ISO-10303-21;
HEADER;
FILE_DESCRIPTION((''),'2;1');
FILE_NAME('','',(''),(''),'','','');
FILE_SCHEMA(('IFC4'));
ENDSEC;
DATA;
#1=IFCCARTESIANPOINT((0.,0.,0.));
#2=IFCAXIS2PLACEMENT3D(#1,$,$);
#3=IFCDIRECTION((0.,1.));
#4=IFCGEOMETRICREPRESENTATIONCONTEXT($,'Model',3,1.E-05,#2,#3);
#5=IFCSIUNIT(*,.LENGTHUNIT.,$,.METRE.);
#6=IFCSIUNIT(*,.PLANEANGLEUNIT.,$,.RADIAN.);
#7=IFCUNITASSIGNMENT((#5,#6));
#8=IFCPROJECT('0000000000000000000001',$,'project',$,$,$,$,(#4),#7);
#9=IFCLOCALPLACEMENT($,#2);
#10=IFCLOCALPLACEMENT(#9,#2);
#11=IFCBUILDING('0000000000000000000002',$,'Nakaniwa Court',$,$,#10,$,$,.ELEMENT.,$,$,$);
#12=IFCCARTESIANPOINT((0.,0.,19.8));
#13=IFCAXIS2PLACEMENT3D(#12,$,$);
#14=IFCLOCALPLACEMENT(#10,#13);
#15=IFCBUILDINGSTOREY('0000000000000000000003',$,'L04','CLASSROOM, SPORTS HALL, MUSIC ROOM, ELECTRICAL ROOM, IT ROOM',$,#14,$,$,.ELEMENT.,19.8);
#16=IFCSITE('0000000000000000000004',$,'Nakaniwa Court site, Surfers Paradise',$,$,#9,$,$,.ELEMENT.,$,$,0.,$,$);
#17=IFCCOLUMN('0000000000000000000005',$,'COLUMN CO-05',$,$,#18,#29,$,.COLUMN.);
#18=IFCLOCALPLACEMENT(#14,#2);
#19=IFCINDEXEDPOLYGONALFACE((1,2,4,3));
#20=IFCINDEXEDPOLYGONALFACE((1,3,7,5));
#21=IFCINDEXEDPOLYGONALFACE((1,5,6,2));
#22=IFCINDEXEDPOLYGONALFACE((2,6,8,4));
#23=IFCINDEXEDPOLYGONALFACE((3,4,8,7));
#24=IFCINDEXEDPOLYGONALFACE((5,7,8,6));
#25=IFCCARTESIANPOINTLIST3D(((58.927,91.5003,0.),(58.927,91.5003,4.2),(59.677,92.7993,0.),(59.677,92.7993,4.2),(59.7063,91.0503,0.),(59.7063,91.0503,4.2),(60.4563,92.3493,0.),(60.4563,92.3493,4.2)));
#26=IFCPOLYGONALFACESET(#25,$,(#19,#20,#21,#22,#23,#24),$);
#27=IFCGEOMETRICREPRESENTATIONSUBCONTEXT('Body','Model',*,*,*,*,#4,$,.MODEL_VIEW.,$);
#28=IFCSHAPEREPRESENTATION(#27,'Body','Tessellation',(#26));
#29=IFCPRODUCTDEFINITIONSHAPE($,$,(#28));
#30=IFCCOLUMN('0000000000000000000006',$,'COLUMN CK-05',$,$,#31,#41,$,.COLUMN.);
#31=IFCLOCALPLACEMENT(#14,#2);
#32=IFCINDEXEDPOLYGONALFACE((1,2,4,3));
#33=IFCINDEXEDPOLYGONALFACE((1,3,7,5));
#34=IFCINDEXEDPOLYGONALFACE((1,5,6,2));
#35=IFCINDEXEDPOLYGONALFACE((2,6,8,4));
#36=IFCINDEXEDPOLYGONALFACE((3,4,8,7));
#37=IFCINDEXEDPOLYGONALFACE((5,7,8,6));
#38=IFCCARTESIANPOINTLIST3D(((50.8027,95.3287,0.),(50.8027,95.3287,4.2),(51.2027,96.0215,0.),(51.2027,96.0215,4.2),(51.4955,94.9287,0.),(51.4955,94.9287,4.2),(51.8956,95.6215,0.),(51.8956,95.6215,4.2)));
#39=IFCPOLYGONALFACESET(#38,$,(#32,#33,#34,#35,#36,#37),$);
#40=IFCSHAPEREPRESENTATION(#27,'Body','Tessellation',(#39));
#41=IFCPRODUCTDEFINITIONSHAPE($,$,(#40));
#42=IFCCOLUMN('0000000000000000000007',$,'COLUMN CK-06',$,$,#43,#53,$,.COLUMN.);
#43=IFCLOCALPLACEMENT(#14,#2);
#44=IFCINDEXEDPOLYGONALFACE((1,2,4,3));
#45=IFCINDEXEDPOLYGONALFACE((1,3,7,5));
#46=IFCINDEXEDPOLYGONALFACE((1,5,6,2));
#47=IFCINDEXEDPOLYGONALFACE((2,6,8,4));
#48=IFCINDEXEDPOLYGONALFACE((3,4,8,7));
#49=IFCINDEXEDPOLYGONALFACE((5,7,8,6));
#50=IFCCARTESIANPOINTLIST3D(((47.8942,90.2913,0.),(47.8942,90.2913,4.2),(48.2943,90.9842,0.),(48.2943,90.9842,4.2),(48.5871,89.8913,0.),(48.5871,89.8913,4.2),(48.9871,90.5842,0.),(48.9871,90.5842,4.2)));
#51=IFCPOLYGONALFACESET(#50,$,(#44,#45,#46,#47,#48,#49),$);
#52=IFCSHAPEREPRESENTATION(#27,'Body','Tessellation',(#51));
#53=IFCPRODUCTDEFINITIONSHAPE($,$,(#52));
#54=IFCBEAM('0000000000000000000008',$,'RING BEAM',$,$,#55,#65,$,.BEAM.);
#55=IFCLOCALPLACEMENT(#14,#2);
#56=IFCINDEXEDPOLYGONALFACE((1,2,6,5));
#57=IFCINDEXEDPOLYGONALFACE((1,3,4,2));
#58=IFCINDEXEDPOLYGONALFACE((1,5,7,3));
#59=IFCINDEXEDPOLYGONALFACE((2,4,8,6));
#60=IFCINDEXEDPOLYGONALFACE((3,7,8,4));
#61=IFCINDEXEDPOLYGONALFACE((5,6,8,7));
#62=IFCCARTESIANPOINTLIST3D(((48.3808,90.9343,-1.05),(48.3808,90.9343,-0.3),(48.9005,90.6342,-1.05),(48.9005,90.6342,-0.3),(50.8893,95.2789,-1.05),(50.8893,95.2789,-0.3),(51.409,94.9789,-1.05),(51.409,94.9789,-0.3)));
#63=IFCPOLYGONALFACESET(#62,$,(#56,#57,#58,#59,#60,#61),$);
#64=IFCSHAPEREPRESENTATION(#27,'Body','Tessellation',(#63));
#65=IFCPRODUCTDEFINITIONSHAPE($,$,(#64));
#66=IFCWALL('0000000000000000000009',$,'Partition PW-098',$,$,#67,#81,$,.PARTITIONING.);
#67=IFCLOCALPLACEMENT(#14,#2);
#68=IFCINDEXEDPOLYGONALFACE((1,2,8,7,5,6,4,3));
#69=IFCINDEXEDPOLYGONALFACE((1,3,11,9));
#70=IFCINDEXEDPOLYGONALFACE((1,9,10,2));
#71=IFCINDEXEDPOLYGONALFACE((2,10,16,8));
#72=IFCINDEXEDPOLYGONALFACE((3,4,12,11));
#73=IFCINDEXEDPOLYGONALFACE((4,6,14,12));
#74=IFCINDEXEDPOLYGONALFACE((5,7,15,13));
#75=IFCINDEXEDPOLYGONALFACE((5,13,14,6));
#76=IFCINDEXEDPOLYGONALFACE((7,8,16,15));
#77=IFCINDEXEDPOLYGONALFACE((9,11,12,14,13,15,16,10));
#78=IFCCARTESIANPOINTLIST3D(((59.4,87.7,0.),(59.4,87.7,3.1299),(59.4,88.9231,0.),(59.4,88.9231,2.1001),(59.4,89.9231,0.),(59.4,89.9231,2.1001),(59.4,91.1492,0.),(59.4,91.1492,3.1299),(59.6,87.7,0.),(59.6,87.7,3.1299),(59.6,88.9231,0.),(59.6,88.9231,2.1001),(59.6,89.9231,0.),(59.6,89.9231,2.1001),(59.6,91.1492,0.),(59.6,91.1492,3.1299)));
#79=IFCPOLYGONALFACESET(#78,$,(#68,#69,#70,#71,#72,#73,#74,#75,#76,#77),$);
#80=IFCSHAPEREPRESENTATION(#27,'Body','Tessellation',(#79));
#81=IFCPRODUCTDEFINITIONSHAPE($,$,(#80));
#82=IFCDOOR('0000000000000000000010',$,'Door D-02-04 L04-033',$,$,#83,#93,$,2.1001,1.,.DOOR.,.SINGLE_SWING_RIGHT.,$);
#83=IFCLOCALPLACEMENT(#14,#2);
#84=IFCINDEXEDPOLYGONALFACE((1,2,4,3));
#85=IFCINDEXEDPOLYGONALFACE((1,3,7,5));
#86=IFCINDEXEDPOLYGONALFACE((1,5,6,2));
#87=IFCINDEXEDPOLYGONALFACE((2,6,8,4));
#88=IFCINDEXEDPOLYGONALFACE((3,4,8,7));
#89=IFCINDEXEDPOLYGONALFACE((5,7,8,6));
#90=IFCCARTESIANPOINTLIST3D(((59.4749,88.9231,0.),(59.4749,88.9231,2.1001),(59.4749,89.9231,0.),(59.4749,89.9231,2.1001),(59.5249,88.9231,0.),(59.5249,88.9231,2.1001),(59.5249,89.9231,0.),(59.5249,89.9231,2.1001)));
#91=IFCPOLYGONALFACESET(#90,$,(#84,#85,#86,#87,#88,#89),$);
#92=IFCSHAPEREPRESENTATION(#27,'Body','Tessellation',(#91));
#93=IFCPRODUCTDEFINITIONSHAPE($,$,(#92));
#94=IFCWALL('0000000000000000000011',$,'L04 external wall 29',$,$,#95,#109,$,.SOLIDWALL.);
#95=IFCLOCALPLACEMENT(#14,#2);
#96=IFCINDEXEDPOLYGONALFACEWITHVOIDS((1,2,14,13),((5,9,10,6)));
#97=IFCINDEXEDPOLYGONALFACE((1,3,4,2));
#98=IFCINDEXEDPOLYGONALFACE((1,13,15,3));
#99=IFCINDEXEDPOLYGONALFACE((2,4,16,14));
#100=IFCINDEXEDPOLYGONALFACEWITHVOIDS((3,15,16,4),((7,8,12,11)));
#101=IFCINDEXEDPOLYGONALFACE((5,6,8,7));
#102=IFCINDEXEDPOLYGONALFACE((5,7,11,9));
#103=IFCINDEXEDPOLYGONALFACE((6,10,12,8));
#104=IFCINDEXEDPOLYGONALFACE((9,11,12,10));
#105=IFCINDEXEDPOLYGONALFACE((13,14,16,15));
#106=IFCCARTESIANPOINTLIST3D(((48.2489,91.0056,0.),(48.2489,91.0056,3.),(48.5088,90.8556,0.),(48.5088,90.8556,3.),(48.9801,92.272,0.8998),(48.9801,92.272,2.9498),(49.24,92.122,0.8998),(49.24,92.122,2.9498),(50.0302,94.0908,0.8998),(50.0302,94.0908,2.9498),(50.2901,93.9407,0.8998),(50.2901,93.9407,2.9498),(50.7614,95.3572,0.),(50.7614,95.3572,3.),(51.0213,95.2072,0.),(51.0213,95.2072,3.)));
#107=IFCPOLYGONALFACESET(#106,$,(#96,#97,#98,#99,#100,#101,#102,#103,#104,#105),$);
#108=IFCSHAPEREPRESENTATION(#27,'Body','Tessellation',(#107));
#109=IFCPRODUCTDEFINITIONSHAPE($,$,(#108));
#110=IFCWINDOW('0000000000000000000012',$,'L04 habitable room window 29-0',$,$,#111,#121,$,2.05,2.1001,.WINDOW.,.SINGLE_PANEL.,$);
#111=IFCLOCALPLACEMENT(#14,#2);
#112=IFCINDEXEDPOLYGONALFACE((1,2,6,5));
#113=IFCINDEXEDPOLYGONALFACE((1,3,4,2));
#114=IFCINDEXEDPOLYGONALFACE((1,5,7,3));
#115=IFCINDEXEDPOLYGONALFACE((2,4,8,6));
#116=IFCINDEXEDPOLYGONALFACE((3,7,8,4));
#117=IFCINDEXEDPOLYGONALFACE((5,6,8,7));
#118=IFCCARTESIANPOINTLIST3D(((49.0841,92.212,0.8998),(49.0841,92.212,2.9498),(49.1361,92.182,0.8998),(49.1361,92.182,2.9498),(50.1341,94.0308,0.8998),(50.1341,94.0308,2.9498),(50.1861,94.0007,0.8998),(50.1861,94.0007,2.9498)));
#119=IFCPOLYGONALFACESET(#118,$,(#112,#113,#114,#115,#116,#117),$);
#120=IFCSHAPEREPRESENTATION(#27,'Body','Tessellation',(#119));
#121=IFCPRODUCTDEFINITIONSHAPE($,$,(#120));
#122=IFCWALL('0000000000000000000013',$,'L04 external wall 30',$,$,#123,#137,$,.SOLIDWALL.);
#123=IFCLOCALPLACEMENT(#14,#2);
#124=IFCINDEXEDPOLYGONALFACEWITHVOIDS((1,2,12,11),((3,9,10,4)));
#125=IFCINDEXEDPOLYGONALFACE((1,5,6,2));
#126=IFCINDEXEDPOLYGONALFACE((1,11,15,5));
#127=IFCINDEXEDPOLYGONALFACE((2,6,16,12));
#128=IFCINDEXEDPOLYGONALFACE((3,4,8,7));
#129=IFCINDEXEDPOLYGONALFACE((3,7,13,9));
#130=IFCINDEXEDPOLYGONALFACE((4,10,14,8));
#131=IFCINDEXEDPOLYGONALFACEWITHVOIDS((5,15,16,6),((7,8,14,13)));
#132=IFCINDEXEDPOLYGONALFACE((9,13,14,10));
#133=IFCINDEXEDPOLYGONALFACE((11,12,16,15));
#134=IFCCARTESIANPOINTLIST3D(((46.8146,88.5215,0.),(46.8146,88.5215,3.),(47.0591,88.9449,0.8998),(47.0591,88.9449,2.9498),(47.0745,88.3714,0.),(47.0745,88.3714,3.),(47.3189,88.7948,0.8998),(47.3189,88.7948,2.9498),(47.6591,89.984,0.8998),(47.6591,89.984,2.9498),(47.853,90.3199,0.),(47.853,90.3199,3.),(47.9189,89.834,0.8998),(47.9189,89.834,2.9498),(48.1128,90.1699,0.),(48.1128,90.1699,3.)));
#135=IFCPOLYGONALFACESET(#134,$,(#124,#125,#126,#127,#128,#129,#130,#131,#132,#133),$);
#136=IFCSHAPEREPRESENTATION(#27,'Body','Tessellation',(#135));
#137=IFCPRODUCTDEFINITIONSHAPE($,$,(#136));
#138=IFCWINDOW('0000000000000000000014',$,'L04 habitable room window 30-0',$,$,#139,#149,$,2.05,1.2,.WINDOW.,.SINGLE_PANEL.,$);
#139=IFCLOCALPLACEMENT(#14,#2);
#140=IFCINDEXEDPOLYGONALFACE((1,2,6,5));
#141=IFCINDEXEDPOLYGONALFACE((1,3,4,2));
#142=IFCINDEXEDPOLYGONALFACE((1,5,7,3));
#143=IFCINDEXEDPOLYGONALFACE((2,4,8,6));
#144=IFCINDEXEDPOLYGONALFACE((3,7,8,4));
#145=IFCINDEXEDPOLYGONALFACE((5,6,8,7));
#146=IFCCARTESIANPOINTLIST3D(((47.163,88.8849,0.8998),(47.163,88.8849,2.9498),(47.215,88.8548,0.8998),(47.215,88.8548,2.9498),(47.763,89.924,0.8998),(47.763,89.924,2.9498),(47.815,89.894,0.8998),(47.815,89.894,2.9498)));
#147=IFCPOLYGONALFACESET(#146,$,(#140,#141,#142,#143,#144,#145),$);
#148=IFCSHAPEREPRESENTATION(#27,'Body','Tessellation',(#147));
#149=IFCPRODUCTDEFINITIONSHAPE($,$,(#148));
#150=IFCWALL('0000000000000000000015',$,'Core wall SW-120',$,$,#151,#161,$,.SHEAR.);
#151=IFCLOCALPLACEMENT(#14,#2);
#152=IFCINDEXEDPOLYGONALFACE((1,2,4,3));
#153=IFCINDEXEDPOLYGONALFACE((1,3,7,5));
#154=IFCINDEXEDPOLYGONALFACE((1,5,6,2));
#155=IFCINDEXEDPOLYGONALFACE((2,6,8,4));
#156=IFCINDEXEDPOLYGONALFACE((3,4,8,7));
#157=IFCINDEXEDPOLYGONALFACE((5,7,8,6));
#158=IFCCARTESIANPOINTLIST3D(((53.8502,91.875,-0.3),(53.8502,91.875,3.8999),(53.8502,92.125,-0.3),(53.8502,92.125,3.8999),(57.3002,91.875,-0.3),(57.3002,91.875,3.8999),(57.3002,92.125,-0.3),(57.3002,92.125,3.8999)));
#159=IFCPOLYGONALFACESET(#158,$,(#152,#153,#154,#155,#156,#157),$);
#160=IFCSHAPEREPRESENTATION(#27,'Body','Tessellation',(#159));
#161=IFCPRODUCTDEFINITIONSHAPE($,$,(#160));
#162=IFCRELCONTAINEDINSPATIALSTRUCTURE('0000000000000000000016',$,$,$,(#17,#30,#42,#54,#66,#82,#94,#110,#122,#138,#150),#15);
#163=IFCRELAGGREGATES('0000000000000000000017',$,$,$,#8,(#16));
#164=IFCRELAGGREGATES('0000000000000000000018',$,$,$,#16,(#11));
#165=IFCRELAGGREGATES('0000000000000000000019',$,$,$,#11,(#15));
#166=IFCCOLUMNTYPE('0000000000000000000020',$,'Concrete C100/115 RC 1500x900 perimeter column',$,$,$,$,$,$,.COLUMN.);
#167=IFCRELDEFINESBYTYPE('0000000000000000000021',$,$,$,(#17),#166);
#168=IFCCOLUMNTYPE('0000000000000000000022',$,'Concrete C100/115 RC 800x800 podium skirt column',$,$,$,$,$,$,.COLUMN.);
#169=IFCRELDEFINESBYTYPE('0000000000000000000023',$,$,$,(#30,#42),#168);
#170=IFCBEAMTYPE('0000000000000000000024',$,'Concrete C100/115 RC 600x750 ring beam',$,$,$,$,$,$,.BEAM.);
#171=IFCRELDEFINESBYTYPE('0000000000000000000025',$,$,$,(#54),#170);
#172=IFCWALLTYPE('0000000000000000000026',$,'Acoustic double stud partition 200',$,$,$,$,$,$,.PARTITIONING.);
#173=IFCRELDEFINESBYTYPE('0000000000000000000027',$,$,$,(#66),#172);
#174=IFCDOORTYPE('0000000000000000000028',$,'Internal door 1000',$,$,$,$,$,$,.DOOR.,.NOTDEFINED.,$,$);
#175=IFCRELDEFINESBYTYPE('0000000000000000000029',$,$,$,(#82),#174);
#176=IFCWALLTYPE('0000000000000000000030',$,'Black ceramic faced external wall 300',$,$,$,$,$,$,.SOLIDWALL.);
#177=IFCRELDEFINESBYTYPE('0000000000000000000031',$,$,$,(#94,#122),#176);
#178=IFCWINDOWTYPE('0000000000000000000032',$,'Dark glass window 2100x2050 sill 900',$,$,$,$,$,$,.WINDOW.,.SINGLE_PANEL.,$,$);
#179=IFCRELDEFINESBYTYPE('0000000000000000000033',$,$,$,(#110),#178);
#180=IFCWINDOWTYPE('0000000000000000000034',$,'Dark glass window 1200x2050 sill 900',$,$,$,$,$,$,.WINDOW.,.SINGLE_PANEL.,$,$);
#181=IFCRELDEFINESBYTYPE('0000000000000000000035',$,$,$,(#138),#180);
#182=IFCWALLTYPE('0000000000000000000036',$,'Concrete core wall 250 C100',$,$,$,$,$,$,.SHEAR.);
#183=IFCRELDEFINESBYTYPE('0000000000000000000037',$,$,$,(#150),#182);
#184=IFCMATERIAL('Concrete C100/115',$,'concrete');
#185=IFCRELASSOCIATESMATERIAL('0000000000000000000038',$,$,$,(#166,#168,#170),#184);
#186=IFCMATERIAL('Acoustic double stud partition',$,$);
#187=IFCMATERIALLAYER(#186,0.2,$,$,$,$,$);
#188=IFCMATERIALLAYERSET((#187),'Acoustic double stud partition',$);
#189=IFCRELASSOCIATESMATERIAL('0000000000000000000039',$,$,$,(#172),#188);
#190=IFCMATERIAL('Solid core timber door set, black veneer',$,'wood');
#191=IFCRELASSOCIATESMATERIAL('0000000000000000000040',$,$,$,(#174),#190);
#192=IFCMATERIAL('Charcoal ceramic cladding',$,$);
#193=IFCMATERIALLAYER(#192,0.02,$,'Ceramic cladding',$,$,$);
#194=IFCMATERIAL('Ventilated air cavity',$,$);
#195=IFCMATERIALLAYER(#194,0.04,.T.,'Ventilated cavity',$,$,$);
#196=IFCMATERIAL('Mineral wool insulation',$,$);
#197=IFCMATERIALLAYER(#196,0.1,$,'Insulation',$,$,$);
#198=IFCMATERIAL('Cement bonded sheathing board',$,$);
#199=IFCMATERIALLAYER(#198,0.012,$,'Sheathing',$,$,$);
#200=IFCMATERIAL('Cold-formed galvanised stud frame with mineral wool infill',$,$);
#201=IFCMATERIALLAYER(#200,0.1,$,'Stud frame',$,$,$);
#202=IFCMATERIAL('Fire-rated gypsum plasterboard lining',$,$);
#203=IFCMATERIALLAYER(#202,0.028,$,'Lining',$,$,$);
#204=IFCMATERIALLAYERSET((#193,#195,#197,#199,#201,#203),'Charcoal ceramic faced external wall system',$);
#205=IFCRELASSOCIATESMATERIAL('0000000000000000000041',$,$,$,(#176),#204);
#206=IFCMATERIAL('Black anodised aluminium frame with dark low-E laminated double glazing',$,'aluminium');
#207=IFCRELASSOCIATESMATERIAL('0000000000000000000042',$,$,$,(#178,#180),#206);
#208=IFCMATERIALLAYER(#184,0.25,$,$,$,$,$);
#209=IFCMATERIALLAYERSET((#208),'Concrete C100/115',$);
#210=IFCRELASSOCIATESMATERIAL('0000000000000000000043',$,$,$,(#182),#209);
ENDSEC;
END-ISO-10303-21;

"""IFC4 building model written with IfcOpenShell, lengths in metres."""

from ifc_helpers import new_model, si_unit, direction, frame, frame_2d, origin, origin_2d, place, context, subcontext, project, spatial, rectangle, extrude, material, layer, layer_set, material_profile, profile_set, type_object, element, fill, save


model = new_model("IFC4")

# Units and contexts
model_context = context("Model", 3, precision=1e-05, world=origin(), true_north=direction((0.0, 1.0)))
body_context = subcontext(model_context, "Body", "Model", "MODEL_VIEW")
ifc_project = project(units=[si_unit("LENGTHUNIT", "METRE"), si_unit("PLANEANGLEUNIT", "RADIAN")], contexts=[model_context])

# Site, building, storey
site_placement = place(None, origin())
site = spatial("IfcSite", under=ifc_project, at=site_placement, Name="Nakaniwa Court site, Surfers Paradise", CompositionType="ELEMENT", RefElevation=0.0)
building_placement = place(site_placement, origin())
building = spatial("IfcBuilding", under=site, at=building_placement, Name="Nakaniwa Court", CompositionType="ELEMENT")
storey_placement = place(building_placement, frame((0.0, 0.0, 19.8)))
storey = spatial("IfcBuildingStorey", under=building, at=storey_placement, Name="L04", Description="CLASSROOM, SPORTS HALL, MUSIC ROOM, ELECTRICAL ROOM, IT ROOM", CompositionType="ELEMENT", Elevation=19.8)

# Columns
ifc_material_1 = material(Name="Concrete C100/115", Category="concrete")
ifc_material_profile_1 = material_profile(ifc_material_1, rectangle(XDim=1.5, YDim=0.8999, at=origin_2d()), Name="Concrete C100/115 RC 1500x900 perimeter column")
ifc_profile_set_1 = profile_set([ifc_material_profile_1], Name="Concrete C100/115")
column_type_1 = type_object("IfcColumnType", Name="Concrete C100/115 RC 1500x900 perimeter column", PredefinedType="COLUMN", material=ifc_profile_set_1)
column_placement = place(storey_placement, frame((59.6917, 91.9248, 0.0), z_axis=(0.0, 0.0, 1.0), x_axis=(-0.5, -0.866025, 0.0)))
element("IfcColumn", 1, at=column_placement, inside=storey, type_object=column_type_1, Name="COLUMN CO-05", PredefinedType="COLUMN", context=body_context, shape_type="SweptSolid", body=[
    extrude(rectangle(XDim=1.5, YDim=0.8999, at=origin_2d()), origin(), (0.0, 0.0, 1.0), 4.2),
])
ifc_material_profile_2 = material_profile(ifc_material_1, rectangle(XDim=0.8, YDim=0.8, at=origin_2d()), Name="Concrete C100/115 RC 800x800 podium skirt column")
ifc_profile_set_2 = profile_set([ifc_material_profile_2], Name="Concrete C100/115")
column_type_2 = type_object("IfcColumnType", Name="Concrete C100/115 RC 800x800 podium skirt column", PredefinedType="COLUMN", material=ifc_profile_set_2)
for number, where, z_axis, x_axis, name in (
    (2, (51.3491, 95.4751, 0.0), (0.0, 0.0, 1.0), (-0.5, -0.866025, 0.0), "COLUMN CK-05"),
    (3, (48.4407, 90.4377, 0.0), (0.0, 0.0, 1.0), (-0.5, -0.866025, 0.0), "COLUMN CK-06"),
):
    element("IfcColumn", number, at=place(storey_placement, frame(where, z_axis=z_axis, x_axis=x_axis)), inside=storey, type_object=column_type_2, Name=name, PredefinedType="COLUMN", context=body_context, shape_type="SweptSolid", body=[
        extrude(rectangle(XDim=0.8, YDim=0.8, at=origin_2d()), origin(), (0.0, 0.0, 1.0), 4.2),
    ])

# Beam
ifc_material_profile_3 = material_profile(ifc_material_1, rectangle(XDim=0.6001, YDim=0.75, at=origin_2d()), Name="Concrete C100/115 RC 600x750 ring beam")
ifc_profile_set_3 = profile_set([ifc_material_profile_3], Name="Concrete C100/115")
beam_type = type_object("IfcBeamType", Name="Concrete C100/115 RC 600x750 ring beam", PredefinedType="BEAM", material=ifc_profile_set_3)
beam_placement = place(storey_placement, frame((51.1492, 95.1289, -0.675), z_axis=(-0.500017, -0.866015, 0.0), x_axis=(0.866015, -0.500017, 0.0)))
element("IfcBeam", 4, at=beam_placement, inside=storey, type_object=beam_type, Name="RING BEAM", PredefinedType="BEAM", context=body_context, shape_type="SweptSolid", body=[
    extrude(rectangle(XDim=0.6001, YDim=0.75, at=origin_2d()), origin(), (0.0, 0.0, 1.0), 5.0168),
])

# Wall, opening, door
ifc_material_2 = material(Name="Acoustic double stud partition")
ifc_layer_1 = layer(ifc_material_2, 0.2)
ifc_layer_set_1 = layer_set([ifc_layer_1], Name="Acoustic double stud partition")
wall_type_1 = type_object("IfcWallType", Name="Acoustic double stud partition 200", PredefinedType="PARTITIONING", material=ifc_layer_set_1)
wall_1_placement = place(storey_placement, frame((59.5, 91.1492, 0.0), z_axis=(0.0, 0.0, 1.0), x_axis=(0.0, -1.0, 0.0)))
wall_1 = element("IfcWall", 5, at=wall_1_placement, inside=storey, type_object=wall_type_1, Name="Partition PW-098", PredefinedType="PARTITIONING", context=body_context, shape_type="SweptSolid", body=[
    extrude(rectangle(XDim=3.4492, YDim=0.2, at=frame_2d((1.7246, 0.0))), origin(), (0.0, 0.0, 1.0), 3.1299),
])
opening_1_placement = place(wall_1_placement, frame((1.2261, 0.0, 0.0)))
opening_1 = element("IfcOpeningElement", 6, at=opening_1_placement, cuts=wall_1, PredefinedType="OPENING", context=body_context, shape_type="SweptSolid", body=[
    extrude(rectangle(XDim=1.0, YDim=2.1001, at=frame_2d((0.5, 1.05))), frame((0.0, 0.1099, 0.0), z_axis=(0.0, -1.0, 0.0), x_axis=(1.0, 0.0, 0.0)), (0.0, 0.0, 1.0), 0.22),
])
ifc_material_3 = material(Name="Solid core timber door set, black veneer", Category="wood")
door_type = type_object("IfcDoorType", Name="Internal door 1000", OperationType="NOTDEFINED", PredefinedType="DOOR", material=ifc_material_3)
door_placement = place(opening_1_placement, origin())
door = element("IfcDoor", 7, at=door_placement, inside=storey, type_object=door_type, Name="Door D-02-04 L04-033", OperationType="SINGLE_SWING_RIGHT", OverallHeight=2.1001, OverallWidth=1.0, PredefinedType="DOOR", context=body_context, shape_type="SweptSolid", body=[
    extrude(rectangle(XDim=1.0, YDim=2.1001, at=frame_2d((0.5, 1.05))), frame((0.0, 0.0249, 0.0), z_axis=(0.0, -1.0, 0.0), x_axis=(1.0, 0.0, 0.0)), (0.0, 0.0, 1.0), 0.05),
])
fill(opening_1, door)

# Walls, openings, windows
ifc_material_4 = material(Name="Charcoal ceramic cladding")
ifc_layer_2 = layer(ifc_material_4, 0.02, Name="Ceramic cladding")
ifc_material_5 = material(Name="Ventilated air cavity")
ifc_layer_3 = layer(ifc_material_5, 0.04, ventilated=True, Name="Ventilated cavity")
ifc_material_6 = material(Name="Mineral wool insulation")
ifc_layer_4 = layer(ifc_material_6, 0.1, Name="Insulation")
ifc_material_7 = material(Name="Cement bonded sheathing board")
ifc_layer_5 = layer(ifc_material_7, 0.012, Name="Sheathing")
ifc_material_8 = material(Name="Cold-formed galvanised stud frame with mineral wool infill")
ifc_layer_6 = layer(ifc_material_8, 0.1, Name="Stud frame")
ifc_material_9 = material(Name="Fire-rated gypsum plasterboard lining")
ifc_layer_7 = layer(ifc_material_9, 0.028, Name="Lining")
ifc_layer_set_2 = layer_set([ifc_layer_2, ifc_layer_3, ifc_layer_4, ifc_layer_5, ifc_layer_6, ifc_layer_7], Name="Charcoal ceramic faced external wall system")
wall_type_2 = type_object("IfcWallType", Name="Black ceramic faced external wall 300", PredefinedType="SOLIDWALL", material=ifc_layer_set_2)
wall_2_placement = place(storey_placement, frame((50.8914, 95.2822, 0.0), z_axis=(0.0, 0.0, 1.0), x_axis=(-0.500011, -0.866019, 0.0)))
wall_2 = element("IfcWall", 8, at=wall_2_placement, inside=storey, type_object=wall_type_2, Name="L04 external wall 29", PredefinedType="SOLIDWALL", context=body_context, shape_type="SweptSolid", body=[
    extrude(rectangle(XDim=5.0249, YDim=0.3, at=frame_2d((2.5125, 0.0))), origin(), (0.0, 0.0, 1.0), 3.0),
])
opening_2_placement = place(wall_2_placement, frame((1.4624, 0.0, 0.8999)))
opening_2 = element("IfcOpeningElement", 9, at=opening_2_placement, cuts=wall_2, PredefinedType="OPENING", context=body_context, shape_type="SweptSolid", body=[
    extrude(rectangle(XDim=2.1001, YDim=2.05, at=frame_2d((1.05, 1.0249))), frame((0.0, 0.1599, 0.0), z_axis=(0.0, -1.0, 0.0), x_axis=(1.0, 0.0, 0.0)), (0.0, 0.0, 1.0), 0.3201),
])
ifc_material_10 = material(Name="Black anodised aluminium frame with dark low-E laminated double glazing", Category="aluminium")
window_type_1 = type_object("IfcWindowType", Name="Dark glass window 2100x2050 sill 900", PartitioningType="SINGLE_PANEL", PredefinedType="WINDOW", material=ifc_material_10)
window_1_placement = place(opening_2_placement, origin())
window_1 = element("IfcWindow", 10, at=window_1_placement, inside=storey, type_object=window_type_1, Name="L04 habitable room window 29-0", OverallHeight=2.05, OverallWidth=2.1001, PartitioningType="SINGLE_PANEL", PredefinedType="WINDOW", context=body_context, shape_type="SweptSolid", body=[
    extrude(rectangle(XDim=2.1001, YDim=2.05, at=frame_2d((1.05, 1.0249))), frame((0.0, 0.03, 0.0), z_axis=(0.0, -1.0, 0.0), x_axis=(1.0, 0.0, 0.0)), (0.0, 0.0, 1.0), 0.0601),
])
fill(opening_2, window_1)
wall_3_placement = place(storey_placement, frame((47.9829, 90.2449, 0.0), z_axis=(0.0, 0.0, 1.0), x_axis=(-0.500021, -0.866013, 0.0)))
wall_3 = element("IfcWall", 11, at=wall_3_placement, inside=storey, type_object=wall_type_2, Name="L04 external wall 30", PredefinedType="SOLIDWALL", context=body_context, shape_type="SweptSolid", body=[
    extrude(rectangle(XDim=2.0767, YDim=0.3, at=frame_2d((1.0383, 0.0))), origin(), (0.0, 0.0, 1.0), 3.0),
])
opening_3_placement = place(wall_3_placement, frame((0.3877, 0.0, 0.8999)))
opening_3 = element("IfcOpeningElement", 12, at=opening_3_placement, cuts=wall_3, PredefinedType="OPENING", context=body_context, shape_type="SweptSolid", body=[
    extrude(rectangle(XDim=1.2, YDim=2.05, at=frame_2d((0.6001, 1.0249))), frame((0.0, 0.1599, 0.0), z_axis=(0.0, -1.0, 0.0), x_axis=(1.0, 0.0, 0.0)), (0.0, 0.0, 1.0), 0.3201),
])
window_type_2 = type_object("IfcWindowType", Name="Dark glass window 1200x2050 sill 900", PartitioningType="SINGLE_PANEL", PredefinedType="WINDOW", material=ifc_material_10)
window_2_placement = place(opening_3_placement, origin())
window_2 = element("IfcWindow", 13, at=window_2_placement, inside=storey, type_object=window_type_2, Name="L04 habitable room window 30-0", OverallHeight=2.05, OverallWidth=1.2, PartitioningType="SINGLE_PANEL", PredefinedType="WINDOW", context=body_context, shape_type="SweptSolid", body=[
    extrude(rectangle(XDim=1.2, YDim=2.05, at=frame_2d((0.6001, 1.0249))), frame((0.0, 0.03, 0.0), z_axis=(0.0, -1.0, 0.0), x_axis=(1.0, 0.0, 0.0)), (0.0, 0.0, 1.0), 0.0601),
])
fill(opening_3, window_2)

# Wall
ifc_layer_8 = layer(ifc_material_1, 0.25)
ifc_layer_set_3 = layer_set([ifc_layer_8], Name="Concrete C100/115")
wall_type_3 = type_object("IfcWallType", Name="Concrete core wall 250 C100", PredefinedType="SHEAR", material=ifc_layer_set_3)
wall_4_placement = place(storey_placement, frame((53.8501, 92.0, -0.3), z_axis=(0.0, 0.0, 1.0), x_axis=(1.0, 0.0, 0.0)))
element("IfcWall", 14, at=wall_4_placement, inside=storey, type_object=wall_type_3, Name="Core wall SW-120", PredefinedType="SHEAR", context=body_context, shape_type="SweptSolid", body=[
    extrude(rectangle(XDim=3.45, YDim=0.25, at=frame_2d((1.7251, 0.0))), origin(), (0.0, 0.0, 1.0), 4.2),
])

save(model, "model.ifc")
